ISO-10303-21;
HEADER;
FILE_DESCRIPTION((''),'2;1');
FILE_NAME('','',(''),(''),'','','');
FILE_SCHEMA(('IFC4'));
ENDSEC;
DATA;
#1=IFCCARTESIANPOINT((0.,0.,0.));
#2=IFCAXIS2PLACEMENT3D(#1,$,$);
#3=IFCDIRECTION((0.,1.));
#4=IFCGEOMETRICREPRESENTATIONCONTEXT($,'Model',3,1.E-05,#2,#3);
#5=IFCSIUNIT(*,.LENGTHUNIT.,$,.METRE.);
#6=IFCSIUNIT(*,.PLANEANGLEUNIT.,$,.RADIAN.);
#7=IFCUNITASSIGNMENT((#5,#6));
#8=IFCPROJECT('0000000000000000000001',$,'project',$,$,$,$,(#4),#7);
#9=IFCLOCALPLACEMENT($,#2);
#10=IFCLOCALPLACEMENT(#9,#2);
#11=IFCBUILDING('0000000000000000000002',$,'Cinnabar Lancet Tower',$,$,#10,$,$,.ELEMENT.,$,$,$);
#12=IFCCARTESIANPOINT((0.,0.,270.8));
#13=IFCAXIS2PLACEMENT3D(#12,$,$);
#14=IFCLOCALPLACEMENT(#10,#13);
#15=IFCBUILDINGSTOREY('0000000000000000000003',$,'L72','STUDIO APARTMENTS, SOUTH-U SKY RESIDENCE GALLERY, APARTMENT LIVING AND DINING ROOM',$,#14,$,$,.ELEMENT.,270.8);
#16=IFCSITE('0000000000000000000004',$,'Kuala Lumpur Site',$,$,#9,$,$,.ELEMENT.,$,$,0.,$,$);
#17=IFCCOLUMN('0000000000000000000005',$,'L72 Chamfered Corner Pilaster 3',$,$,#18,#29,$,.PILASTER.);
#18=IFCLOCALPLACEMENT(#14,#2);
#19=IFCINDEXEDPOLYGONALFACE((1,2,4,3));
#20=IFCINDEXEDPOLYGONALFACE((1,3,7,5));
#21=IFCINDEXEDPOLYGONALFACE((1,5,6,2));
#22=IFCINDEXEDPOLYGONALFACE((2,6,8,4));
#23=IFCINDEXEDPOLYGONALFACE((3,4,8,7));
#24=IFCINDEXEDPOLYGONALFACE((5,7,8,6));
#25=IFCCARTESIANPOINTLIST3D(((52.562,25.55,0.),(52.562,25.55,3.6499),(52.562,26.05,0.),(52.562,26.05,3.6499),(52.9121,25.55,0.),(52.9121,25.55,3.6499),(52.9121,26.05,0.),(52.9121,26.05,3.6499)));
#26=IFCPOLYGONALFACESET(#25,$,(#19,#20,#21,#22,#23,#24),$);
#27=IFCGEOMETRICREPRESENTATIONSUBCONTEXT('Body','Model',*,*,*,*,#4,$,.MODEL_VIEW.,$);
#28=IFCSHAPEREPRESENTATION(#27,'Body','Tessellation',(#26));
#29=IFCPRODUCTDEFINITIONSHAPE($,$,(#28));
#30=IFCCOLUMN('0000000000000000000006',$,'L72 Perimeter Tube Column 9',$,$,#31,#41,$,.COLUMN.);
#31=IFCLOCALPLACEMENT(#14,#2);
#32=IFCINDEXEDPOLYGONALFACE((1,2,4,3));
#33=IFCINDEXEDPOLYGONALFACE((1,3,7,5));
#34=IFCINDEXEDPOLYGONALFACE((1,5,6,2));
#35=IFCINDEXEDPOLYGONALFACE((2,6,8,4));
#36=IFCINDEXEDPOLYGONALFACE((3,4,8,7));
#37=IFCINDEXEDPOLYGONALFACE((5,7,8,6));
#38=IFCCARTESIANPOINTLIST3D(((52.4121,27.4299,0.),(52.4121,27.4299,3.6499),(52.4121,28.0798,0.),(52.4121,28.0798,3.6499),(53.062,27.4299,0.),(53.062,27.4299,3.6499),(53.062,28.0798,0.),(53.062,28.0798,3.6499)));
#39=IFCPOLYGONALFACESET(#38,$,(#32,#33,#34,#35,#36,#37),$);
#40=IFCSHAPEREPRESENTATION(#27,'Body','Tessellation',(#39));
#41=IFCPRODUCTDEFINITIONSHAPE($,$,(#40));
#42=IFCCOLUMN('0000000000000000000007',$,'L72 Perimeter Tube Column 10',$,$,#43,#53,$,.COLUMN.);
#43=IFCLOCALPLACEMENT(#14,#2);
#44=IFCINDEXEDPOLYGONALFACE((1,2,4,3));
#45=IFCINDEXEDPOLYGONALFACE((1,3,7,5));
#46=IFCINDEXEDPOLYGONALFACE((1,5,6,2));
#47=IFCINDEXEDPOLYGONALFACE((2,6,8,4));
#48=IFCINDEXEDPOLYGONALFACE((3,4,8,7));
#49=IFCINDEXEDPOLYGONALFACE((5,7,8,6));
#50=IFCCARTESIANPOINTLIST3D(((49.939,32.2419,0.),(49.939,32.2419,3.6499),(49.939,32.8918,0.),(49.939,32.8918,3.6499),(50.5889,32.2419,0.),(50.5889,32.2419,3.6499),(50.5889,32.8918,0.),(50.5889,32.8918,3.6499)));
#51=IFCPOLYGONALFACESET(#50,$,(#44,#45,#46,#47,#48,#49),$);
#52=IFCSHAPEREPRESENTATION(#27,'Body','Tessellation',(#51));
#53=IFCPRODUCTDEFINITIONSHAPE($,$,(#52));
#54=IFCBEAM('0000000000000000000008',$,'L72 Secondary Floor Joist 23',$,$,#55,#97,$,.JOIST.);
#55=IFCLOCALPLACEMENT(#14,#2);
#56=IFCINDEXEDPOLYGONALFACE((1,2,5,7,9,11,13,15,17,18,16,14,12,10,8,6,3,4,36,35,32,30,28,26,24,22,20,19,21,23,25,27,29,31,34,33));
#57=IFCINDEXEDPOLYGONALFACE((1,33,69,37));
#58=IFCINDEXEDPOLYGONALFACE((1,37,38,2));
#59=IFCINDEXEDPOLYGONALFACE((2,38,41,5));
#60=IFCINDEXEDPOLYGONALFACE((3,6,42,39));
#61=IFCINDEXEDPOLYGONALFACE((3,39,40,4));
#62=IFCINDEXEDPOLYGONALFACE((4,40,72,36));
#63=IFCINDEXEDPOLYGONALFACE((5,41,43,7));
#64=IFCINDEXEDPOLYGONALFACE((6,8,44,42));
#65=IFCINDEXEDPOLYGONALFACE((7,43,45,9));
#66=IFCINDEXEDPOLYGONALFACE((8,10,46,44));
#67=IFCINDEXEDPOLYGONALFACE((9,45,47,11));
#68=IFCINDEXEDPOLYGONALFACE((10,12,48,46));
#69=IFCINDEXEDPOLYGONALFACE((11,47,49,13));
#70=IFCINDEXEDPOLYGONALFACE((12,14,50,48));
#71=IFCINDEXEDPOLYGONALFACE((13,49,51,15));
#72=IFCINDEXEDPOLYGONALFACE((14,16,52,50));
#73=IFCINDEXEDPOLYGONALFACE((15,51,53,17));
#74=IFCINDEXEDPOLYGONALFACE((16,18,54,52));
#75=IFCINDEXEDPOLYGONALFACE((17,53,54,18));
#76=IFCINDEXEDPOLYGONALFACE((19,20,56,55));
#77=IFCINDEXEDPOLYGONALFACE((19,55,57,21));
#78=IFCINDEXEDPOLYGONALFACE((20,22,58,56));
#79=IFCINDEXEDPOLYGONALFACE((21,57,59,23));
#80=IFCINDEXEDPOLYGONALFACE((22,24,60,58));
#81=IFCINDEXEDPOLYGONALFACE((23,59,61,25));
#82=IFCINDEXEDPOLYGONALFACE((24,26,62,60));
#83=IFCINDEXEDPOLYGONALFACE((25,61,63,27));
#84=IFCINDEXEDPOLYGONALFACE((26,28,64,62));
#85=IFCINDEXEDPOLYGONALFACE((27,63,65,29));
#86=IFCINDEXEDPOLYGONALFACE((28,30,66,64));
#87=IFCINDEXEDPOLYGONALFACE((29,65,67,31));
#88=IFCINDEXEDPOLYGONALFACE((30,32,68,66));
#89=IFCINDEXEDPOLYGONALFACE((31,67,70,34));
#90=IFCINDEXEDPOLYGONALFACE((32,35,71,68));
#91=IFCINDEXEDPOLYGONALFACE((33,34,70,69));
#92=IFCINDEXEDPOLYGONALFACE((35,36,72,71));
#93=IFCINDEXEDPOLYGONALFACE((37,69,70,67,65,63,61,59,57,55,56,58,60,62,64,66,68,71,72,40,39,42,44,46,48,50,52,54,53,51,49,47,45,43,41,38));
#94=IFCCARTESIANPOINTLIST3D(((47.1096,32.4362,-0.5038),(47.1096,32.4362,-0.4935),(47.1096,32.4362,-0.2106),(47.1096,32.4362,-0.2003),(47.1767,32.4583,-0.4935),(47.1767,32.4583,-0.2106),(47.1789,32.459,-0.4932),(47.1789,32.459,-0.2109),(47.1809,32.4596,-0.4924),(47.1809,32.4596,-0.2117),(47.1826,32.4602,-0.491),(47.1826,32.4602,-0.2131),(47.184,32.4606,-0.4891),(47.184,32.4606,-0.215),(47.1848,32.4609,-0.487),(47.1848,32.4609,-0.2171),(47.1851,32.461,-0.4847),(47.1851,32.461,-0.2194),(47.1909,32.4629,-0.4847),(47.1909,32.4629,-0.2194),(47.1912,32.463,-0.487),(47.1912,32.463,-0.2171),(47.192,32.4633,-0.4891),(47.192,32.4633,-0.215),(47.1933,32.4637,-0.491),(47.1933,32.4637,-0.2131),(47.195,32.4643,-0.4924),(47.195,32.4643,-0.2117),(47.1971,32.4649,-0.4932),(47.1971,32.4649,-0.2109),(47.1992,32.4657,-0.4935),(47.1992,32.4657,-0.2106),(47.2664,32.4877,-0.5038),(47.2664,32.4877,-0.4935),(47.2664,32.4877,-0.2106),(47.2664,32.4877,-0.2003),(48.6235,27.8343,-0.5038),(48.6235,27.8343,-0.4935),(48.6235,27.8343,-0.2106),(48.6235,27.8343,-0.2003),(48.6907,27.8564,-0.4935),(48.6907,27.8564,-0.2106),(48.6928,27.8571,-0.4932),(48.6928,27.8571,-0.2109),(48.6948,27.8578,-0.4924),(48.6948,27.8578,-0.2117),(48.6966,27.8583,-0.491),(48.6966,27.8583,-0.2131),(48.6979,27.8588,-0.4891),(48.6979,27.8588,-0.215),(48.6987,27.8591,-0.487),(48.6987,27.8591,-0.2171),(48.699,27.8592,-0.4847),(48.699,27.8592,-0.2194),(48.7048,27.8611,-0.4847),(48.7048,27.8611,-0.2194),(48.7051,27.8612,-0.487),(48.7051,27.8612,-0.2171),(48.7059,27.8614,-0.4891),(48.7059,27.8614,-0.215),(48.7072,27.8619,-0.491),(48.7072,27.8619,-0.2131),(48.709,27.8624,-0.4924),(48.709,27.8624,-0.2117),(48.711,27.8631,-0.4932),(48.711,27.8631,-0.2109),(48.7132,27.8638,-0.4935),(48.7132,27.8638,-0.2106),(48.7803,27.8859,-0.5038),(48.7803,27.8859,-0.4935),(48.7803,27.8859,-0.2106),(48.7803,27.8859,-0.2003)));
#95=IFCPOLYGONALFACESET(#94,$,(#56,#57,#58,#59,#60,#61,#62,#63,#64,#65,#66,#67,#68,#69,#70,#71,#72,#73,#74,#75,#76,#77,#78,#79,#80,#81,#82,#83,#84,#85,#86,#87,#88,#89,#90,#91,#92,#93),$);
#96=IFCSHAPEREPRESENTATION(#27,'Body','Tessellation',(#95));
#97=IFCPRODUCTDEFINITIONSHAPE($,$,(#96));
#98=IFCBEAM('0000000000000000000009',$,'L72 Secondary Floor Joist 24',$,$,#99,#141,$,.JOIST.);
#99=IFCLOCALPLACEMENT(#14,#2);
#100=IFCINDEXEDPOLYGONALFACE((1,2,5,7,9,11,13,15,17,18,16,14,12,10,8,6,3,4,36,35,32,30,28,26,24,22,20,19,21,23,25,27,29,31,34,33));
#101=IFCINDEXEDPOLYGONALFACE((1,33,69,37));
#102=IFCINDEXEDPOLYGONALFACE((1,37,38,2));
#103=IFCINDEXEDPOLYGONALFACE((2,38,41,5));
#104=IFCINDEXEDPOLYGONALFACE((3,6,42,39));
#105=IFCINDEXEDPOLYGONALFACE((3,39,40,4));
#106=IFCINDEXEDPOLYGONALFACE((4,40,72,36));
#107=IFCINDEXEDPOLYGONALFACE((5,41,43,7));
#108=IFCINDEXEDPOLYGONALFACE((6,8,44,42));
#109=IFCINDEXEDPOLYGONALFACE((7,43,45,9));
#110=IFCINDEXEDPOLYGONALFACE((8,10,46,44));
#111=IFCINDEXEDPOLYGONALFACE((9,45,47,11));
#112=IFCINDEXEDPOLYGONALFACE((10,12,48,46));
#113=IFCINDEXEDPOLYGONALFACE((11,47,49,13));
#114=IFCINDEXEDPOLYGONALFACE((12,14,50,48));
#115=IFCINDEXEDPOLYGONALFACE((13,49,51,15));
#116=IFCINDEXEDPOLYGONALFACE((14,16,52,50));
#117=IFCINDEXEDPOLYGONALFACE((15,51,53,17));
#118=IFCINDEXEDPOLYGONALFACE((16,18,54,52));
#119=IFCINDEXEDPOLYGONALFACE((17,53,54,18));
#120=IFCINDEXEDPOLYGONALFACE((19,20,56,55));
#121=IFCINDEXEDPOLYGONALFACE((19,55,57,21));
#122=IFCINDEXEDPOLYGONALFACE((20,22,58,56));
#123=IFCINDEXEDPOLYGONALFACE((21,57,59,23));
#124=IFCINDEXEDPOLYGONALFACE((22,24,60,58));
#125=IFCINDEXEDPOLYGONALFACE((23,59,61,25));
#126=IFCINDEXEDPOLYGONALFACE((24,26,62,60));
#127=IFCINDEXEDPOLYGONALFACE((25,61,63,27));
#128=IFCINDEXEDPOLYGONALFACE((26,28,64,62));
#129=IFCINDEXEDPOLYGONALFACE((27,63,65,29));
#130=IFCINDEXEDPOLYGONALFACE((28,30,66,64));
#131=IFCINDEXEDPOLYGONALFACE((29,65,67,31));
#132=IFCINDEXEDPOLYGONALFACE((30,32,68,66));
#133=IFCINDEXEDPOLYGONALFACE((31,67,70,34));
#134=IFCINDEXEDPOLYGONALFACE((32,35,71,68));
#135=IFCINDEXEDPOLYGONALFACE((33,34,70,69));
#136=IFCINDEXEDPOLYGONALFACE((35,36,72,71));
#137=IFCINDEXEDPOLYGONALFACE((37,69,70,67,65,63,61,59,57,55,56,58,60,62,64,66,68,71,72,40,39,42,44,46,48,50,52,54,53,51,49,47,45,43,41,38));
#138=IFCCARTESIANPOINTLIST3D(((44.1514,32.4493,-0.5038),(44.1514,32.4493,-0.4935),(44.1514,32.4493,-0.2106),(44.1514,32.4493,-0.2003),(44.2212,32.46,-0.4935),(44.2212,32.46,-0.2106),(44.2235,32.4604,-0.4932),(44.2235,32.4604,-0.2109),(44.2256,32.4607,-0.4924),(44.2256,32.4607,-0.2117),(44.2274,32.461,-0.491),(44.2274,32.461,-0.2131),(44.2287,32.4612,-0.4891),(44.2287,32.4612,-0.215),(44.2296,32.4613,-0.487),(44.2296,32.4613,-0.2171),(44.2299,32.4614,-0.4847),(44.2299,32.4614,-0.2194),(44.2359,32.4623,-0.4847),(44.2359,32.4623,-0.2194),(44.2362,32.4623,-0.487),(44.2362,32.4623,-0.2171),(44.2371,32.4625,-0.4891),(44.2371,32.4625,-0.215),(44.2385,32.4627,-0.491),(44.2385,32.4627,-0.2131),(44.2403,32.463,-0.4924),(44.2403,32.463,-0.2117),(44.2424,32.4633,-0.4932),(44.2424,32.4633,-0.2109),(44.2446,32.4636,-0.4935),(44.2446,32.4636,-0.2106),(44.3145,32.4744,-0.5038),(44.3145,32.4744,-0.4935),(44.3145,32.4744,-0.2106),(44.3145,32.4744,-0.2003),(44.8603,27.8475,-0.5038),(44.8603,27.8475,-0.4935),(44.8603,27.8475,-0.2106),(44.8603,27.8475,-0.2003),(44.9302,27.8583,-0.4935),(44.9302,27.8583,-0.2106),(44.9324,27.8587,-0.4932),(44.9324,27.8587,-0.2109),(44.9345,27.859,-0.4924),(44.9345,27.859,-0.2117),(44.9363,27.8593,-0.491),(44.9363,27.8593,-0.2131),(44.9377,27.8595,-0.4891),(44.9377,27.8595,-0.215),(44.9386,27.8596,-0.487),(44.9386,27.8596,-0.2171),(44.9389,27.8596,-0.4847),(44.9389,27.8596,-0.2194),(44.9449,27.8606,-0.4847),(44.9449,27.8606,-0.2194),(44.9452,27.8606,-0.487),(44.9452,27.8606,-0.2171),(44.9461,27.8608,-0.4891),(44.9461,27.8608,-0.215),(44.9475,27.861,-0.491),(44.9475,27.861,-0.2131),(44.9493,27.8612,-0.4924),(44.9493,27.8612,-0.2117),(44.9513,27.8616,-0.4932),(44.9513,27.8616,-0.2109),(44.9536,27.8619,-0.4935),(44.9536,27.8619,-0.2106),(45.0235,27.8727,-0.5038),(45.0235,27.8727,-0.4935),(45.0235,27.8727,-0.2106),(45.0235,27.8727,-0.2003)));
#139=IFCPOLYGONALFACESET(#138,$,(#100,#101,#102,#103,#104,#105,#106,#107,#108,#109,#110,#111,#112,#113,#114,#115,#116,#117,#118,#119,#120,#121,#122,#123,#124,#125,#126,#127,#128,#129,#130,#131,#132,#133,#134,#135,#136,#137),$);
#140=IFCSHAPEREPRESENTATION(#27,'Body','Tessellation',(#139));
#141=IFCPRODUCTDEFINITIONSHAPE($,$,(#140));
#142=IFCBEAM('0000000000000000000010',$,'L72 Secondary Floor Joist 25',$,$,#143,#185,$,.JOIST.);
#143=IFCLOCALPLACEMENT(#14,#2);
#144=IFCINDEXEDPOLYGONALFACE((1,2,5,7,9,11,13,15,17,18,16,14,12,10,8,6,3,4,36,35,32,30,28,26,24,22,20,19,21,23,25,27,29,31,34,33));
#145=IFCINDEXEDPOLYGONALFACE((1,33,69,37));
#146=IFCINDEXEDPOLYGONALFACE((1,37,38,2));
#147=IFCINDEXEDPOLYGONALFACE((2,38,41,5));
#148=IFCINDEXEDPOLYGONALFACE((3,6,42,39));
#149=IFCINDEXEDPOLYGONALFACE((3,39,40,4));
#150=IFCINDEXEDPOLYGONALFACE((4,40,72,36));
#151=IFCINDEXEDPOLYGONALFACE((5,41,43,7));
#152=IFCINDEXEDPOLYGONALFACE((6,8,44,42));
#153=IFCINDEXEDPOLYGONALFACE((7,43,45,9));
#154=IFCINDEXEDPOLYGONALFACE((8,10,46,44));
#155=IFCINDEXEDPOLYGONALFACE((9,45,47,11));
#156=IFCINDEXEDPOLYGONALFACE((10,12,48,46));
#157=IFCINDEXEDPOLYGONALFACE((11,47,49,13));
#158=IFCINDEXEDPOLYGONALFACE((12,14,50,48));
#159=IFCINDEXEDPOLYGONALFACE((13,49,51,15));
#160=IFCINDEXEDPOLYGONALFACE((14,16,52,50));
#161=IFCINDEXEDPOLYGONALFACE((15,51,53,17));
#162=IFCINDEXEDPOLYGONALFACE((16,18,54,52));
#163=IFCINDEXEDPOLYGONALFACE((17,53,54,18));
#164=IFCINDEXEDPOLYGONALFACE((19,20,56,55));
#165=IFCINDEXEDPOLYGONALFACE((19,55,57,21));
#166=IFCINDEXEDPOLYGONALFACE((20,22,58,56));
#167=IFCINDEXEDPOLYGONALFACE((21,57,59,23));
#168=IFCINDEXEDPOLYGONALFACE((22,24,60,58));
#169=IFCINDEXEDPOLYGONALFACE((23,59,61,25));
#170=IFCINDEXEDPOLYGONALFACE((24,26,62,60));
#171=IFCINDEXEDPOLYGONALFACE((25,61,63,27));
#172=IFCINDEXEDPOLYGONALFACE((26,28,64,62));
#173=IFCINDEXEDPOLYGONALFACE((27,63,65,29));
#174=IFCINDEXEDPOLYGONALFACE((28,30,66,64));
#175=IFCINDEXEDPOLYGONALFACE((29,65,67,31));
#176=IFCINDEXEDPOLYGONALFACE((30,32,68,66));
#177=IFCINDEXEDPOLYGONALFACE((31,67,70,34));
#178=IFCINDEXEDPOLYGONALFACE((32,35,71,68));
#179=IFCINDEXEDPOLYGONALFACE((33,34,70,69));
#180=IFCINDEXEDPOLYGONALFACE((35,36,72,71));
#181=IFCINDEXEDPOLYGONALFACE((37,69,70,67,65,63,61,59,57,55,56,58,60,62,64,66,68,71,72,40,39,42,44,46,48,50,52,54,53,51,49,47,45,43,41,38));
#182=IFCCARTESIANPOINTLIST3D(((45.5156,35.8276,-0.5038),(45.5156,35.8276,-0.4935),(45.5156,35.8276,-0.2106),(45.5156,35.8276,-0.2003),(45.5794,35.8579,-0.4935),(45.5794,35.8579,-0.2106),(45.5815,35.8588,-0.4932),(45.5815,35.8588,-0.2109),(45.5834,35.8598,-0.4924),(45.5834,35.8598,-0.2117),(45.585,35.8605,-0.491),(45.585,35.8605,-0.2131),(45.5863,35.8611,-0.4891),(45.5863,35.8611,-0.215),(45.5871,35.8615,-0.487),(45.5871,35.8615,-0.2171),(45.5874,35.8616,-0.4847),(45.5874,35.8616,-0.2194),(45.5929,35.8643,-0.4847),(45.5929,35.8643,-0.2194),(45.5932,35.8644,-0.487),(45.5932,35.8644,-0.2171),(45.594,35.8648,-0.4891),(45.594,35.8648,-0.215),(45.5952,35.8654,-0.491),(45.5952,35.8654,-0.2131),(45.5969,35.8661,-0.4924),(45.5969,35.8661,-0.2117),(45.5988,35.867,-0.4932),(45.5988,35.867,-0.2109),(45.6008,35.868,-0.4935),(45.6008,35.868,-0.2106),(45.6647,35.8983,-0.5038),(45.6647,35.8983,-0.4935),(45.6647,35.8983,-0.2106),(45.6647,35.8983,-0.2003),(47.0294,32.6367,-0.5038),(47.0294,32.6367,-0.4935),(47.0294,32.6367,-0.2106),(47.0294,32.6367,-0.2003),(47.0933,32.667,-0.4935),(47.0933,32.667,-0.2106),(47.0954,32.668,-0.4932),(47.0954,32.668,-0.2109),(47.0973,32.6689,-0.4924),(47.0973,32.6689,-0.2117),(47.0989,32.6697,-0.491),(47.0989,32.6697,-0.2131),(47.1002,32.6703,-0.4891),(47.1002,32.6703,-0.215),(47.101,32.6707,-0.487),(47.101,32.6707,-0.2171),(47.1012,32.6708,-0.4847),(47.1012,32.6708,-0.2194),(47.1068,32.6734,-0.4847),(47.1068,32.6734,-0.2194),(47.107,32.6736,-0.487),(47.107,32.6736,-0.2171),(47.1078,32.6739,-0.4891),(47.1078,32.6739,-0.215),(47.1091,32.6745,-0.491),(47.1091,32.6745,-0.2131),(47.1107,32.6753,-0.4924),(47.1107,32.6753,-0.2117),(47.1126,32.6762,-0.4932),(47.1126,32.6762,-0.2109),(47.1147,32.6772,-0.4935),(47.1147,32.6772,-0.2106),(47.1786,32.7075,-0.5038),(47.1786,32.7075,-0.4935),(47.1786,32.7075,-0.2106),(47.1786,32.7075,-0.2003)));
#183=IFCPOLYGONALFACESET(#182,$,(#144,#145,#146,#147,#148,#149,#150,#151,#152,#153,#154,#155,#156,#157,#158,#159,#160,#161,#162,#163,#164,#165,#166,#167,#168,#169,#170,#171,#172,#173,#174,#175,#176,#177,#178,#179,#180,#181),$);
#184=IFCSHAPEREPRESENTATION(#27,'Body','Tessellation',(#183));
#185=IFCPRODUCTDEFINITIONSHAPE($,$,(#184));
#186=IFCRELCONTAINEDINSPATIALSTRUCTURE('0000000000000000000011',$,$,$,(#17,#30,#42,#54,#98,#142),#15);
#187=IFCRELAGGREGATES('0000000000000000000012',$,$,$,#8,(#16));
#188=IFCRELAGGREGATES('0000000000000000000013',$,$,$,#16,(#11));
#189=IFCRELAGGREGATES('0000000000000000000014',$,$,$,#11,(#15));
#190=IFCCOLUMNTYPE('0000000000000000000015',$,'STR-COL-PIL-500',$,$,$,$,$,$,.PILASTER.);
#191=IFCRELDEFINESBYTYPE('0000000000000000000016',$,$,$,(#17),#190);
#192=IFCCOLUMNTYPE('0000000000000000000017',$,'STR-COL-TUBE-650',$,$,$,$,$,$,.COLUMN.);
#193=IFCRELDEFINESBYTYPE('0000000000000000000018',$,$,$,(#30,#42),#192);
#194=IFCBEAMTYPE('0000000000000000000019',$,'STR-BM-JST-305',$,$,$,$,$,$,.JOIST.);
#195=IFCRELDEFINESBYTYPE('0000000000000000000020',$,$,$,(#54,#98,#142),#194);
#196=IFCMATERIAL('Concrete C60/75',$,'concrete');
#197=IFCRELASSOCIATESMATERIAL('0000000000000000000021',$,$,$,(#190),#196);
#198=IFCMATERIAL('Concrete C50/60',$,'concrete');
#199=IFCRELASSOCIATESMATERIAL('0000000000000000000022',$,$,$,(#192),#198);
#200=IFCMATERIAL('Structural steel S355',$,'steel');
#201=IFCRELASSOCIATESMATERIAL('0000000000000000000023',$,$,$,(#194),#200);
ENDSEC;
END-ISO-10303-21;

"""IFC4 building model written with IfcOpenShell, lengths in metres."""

from ifc_helpers import new_model, si_unit, direction, frame, origin, origin_2d, place, context, subcontext, project, spatial, rectangle, i_section, extrude, material, material_profile, profile_set, type_object, element, save


model = new_model("IFC4")

# Units and contexts
model_context = context("Model", 3, precision=1e-05, world=origin(), true_north=direction((0.0, 1.0)))
body_context = subcontext(model_context, "Body", "Model", "MODEL_VIEW")
ifc_project = project(units=[si_unit("LENGTHUNIT", "METRE"), si_unit("PLANEANGLEUNIT", "RADIAN")], contexts=[model_context])

# Site, building, storey
site_placement = place(None, origin())
site = spatial("IfcSite", under=ifc_project, at=site_placement, Name="Kuala Lumpur Site", CompositionType="ELEMENT", RefElevation=0.0)
building_placement = place(site_placement, origin())
building = spatial("IfcBuilding", under=site, at=building_placement, Name="Cinnabar Lancet Tower", CompositionType="ELEMENT")
storey_placement = place(building_placement, frame((0.0, 0.0, 270.8)))
storey = spatial("IfcBuildingStorey", under=building, at=storey_placement, Name="L72", Description="STUDIO APARTMENTS, SOUTH-U SKY RESIDENCE GALLERY, APARTMENT LIVING AND DINING ROOM", CompositionType="ELEMENT", Elevation=270.8)

# Columns
ifc_material_1 = material(Name="Concrete C60/75", Category="concrete")
ifc_material_profile_1 = material_profile(ifc_material_1, rectangle(XDim=0.5, YDim=0.3501, at=origin_2d()), Name="RC-PIL 500x350")
ifc_profile_set_1 = profile_set([ifc_material_profile_1], Name="Concrete C60/75")
column_type_1 = type_object("IfcColumnType", Name="STR-COL-PIL-500", PredefinedType="PILASTER", material=ifc_profile_set_1)
column_placement = place(storey_placement, frame((52.7371, 25.8, 0.0), z_axis=(0.0, 0.0, 1.0), x_axis=(0.0, 1.0, 0.0)))
element("IfcColumn", 1, at=column_placement, inside=storey, type_object=column_type_1, Name="L72 Chamfered Corner Pilaster 3", PredefinedType="PILASTER", context=body_context, shape_type="SweptSolid", body=[
    extrude(rectangle(XDim=0.5, YDim=0.3501, at=origin_2d()), origin(), (0.0, 0.0, 1.0), 3.6499),
])
ifc_material_2 = material(Name="Concrete C50/60", Category="concrete")
ifc_material_profile_2 = material_profile(ifc_material_2, rectangle(XDim=0.6499, YDim=0.6499, at=origin_2d()), Name="RC-COL 650x650")
ifc_profile_set_2 = profile_set([ifc_material_profile_2], Name="Concrete C50/60")
column_type_2 = type_object("IfcColumnType", Name="STR-COL-TUBE-650", PredefinedType="COLUMN", material=ifc_profile_set_2)
for number, where, z_axis, x_axis, name in (
    (2, (52.7371, 27.7549, 0.0), (0.0, 0.0, 1.0), (1.0, 0.0, 0.0), "L72 Perimeter Tube Column 9"),
    (3, (50.2639, 32.5669, 0.0), (0.0, 0.0, 1.0), (1.0, 0.0, 0.0), "L72 Perimeter Tube Column 10"),
):
    element("IfcColumn", number, at=place(storey_placement, frame(where, z_axis=z_axis, x_axis=x_axis)), inside=storey, type_object=column_type_2, Name=name, PredefinedType="COLUMN", context=body_context, shape_type="SweptSolid", body=[
        extrude(rectangle(XDim=0.6499, YDim=0.6499, at=origin_2d()), origin(), (0.0, 0.0, 1.0), 3.6499),
    ])

# Beams
ifc_material_3 = material(Name="Structural steel S355", Category="steel")
ifc_material_profile_3 = material_profile(ifc_material_3, i_section(OverallWidth=0.165, OverallDepth=0.3035, WebThickness=0.0061, FlangeThickness=0.0103, FilletRadius=0.0088, at=origin_2d()), Name="UKB 305x165x40")
ifc_profile_set_3 = profile_set([ifc_material_profile_3], Name="Structural steel S355")
beam_type_1 = type_object("IfcBeamType", Name="STR-BM-JST-305", PredefinedType="JOIST", material=ifc_profile_set_3)
beam_1_placement = place(storey_placement, frame((48.7019, 27.8601, -0.3521), z_axis=(-0.312506, 0.949916, 0.0), x_axis=(-0.949916, -0.312506, 0.0)))
element("IfcBeam", 4, at=beam_1_placement, inside=storey, type_object=beam_type_1, Name="L72 Secondary Floor Joist 23", PredefinedType="JOIST", context=body_context, shape_type="SweptSolid", body=[
    extrude(i_section(OverallWidth=0.165, OverallDepth=0.3035, WebThickness=0.0061, FlangeThickness=0.0103, FilletRadius=0.0088, at=origin_2d()), origin(), (0.0, 0.0, 1.0), 4.8445),
])
beam_2_placement = place(storey_placement, frame((44.9419, 27.8601, -0.3521), z_axis=(-0.15227, 0.988339, 0.0), x_axis=(-0.988339, -0.15227, 0.0)))
element("IfcBeam", 5, at=beam_2_placement, inside=storey, type_object=beam_type_1, Name="L72 Secondary Floor Joist 24", PredefinedType="JOIST", context=body_context, shape_type="SweptSolid", body=[
    extrude(i_section(OverallWidth=0.165, OverallDepth=0.3035, WebThickness=0.0061, FlangeThickness=0.0103, FilletRadius=0.0088, at=origin_2d()), origin(), (0.0, 0.0, 1.0), 4.656),
])
beam_3_placement = place(storey_placement, frame((47.104, 32.6721, -0.3521), z_axis=(-0.428648, 0.903472, 0.0), x_axis=(-0.903472, -0.428648, 0.0)))
element("IfcBeam", 6, at=beam_3_placement, inside=storey, type_object=beam_type_1, Name="L72 Secondary Floor Joist 25", PredefinedType="JOIST", context=body_context, shape_type="SweptSolid", body=[
    extrude(i_section(OverallWidth=0.165, OverallDepth=0.3035, WebThickness=0.0061, FlangeThickness=0.0103, FilletRadius=0.0088, at=origin_2d()), origin(), (0.0, 0.0, 1.0), 3.5317),
])

save(model, "model.ifc")
